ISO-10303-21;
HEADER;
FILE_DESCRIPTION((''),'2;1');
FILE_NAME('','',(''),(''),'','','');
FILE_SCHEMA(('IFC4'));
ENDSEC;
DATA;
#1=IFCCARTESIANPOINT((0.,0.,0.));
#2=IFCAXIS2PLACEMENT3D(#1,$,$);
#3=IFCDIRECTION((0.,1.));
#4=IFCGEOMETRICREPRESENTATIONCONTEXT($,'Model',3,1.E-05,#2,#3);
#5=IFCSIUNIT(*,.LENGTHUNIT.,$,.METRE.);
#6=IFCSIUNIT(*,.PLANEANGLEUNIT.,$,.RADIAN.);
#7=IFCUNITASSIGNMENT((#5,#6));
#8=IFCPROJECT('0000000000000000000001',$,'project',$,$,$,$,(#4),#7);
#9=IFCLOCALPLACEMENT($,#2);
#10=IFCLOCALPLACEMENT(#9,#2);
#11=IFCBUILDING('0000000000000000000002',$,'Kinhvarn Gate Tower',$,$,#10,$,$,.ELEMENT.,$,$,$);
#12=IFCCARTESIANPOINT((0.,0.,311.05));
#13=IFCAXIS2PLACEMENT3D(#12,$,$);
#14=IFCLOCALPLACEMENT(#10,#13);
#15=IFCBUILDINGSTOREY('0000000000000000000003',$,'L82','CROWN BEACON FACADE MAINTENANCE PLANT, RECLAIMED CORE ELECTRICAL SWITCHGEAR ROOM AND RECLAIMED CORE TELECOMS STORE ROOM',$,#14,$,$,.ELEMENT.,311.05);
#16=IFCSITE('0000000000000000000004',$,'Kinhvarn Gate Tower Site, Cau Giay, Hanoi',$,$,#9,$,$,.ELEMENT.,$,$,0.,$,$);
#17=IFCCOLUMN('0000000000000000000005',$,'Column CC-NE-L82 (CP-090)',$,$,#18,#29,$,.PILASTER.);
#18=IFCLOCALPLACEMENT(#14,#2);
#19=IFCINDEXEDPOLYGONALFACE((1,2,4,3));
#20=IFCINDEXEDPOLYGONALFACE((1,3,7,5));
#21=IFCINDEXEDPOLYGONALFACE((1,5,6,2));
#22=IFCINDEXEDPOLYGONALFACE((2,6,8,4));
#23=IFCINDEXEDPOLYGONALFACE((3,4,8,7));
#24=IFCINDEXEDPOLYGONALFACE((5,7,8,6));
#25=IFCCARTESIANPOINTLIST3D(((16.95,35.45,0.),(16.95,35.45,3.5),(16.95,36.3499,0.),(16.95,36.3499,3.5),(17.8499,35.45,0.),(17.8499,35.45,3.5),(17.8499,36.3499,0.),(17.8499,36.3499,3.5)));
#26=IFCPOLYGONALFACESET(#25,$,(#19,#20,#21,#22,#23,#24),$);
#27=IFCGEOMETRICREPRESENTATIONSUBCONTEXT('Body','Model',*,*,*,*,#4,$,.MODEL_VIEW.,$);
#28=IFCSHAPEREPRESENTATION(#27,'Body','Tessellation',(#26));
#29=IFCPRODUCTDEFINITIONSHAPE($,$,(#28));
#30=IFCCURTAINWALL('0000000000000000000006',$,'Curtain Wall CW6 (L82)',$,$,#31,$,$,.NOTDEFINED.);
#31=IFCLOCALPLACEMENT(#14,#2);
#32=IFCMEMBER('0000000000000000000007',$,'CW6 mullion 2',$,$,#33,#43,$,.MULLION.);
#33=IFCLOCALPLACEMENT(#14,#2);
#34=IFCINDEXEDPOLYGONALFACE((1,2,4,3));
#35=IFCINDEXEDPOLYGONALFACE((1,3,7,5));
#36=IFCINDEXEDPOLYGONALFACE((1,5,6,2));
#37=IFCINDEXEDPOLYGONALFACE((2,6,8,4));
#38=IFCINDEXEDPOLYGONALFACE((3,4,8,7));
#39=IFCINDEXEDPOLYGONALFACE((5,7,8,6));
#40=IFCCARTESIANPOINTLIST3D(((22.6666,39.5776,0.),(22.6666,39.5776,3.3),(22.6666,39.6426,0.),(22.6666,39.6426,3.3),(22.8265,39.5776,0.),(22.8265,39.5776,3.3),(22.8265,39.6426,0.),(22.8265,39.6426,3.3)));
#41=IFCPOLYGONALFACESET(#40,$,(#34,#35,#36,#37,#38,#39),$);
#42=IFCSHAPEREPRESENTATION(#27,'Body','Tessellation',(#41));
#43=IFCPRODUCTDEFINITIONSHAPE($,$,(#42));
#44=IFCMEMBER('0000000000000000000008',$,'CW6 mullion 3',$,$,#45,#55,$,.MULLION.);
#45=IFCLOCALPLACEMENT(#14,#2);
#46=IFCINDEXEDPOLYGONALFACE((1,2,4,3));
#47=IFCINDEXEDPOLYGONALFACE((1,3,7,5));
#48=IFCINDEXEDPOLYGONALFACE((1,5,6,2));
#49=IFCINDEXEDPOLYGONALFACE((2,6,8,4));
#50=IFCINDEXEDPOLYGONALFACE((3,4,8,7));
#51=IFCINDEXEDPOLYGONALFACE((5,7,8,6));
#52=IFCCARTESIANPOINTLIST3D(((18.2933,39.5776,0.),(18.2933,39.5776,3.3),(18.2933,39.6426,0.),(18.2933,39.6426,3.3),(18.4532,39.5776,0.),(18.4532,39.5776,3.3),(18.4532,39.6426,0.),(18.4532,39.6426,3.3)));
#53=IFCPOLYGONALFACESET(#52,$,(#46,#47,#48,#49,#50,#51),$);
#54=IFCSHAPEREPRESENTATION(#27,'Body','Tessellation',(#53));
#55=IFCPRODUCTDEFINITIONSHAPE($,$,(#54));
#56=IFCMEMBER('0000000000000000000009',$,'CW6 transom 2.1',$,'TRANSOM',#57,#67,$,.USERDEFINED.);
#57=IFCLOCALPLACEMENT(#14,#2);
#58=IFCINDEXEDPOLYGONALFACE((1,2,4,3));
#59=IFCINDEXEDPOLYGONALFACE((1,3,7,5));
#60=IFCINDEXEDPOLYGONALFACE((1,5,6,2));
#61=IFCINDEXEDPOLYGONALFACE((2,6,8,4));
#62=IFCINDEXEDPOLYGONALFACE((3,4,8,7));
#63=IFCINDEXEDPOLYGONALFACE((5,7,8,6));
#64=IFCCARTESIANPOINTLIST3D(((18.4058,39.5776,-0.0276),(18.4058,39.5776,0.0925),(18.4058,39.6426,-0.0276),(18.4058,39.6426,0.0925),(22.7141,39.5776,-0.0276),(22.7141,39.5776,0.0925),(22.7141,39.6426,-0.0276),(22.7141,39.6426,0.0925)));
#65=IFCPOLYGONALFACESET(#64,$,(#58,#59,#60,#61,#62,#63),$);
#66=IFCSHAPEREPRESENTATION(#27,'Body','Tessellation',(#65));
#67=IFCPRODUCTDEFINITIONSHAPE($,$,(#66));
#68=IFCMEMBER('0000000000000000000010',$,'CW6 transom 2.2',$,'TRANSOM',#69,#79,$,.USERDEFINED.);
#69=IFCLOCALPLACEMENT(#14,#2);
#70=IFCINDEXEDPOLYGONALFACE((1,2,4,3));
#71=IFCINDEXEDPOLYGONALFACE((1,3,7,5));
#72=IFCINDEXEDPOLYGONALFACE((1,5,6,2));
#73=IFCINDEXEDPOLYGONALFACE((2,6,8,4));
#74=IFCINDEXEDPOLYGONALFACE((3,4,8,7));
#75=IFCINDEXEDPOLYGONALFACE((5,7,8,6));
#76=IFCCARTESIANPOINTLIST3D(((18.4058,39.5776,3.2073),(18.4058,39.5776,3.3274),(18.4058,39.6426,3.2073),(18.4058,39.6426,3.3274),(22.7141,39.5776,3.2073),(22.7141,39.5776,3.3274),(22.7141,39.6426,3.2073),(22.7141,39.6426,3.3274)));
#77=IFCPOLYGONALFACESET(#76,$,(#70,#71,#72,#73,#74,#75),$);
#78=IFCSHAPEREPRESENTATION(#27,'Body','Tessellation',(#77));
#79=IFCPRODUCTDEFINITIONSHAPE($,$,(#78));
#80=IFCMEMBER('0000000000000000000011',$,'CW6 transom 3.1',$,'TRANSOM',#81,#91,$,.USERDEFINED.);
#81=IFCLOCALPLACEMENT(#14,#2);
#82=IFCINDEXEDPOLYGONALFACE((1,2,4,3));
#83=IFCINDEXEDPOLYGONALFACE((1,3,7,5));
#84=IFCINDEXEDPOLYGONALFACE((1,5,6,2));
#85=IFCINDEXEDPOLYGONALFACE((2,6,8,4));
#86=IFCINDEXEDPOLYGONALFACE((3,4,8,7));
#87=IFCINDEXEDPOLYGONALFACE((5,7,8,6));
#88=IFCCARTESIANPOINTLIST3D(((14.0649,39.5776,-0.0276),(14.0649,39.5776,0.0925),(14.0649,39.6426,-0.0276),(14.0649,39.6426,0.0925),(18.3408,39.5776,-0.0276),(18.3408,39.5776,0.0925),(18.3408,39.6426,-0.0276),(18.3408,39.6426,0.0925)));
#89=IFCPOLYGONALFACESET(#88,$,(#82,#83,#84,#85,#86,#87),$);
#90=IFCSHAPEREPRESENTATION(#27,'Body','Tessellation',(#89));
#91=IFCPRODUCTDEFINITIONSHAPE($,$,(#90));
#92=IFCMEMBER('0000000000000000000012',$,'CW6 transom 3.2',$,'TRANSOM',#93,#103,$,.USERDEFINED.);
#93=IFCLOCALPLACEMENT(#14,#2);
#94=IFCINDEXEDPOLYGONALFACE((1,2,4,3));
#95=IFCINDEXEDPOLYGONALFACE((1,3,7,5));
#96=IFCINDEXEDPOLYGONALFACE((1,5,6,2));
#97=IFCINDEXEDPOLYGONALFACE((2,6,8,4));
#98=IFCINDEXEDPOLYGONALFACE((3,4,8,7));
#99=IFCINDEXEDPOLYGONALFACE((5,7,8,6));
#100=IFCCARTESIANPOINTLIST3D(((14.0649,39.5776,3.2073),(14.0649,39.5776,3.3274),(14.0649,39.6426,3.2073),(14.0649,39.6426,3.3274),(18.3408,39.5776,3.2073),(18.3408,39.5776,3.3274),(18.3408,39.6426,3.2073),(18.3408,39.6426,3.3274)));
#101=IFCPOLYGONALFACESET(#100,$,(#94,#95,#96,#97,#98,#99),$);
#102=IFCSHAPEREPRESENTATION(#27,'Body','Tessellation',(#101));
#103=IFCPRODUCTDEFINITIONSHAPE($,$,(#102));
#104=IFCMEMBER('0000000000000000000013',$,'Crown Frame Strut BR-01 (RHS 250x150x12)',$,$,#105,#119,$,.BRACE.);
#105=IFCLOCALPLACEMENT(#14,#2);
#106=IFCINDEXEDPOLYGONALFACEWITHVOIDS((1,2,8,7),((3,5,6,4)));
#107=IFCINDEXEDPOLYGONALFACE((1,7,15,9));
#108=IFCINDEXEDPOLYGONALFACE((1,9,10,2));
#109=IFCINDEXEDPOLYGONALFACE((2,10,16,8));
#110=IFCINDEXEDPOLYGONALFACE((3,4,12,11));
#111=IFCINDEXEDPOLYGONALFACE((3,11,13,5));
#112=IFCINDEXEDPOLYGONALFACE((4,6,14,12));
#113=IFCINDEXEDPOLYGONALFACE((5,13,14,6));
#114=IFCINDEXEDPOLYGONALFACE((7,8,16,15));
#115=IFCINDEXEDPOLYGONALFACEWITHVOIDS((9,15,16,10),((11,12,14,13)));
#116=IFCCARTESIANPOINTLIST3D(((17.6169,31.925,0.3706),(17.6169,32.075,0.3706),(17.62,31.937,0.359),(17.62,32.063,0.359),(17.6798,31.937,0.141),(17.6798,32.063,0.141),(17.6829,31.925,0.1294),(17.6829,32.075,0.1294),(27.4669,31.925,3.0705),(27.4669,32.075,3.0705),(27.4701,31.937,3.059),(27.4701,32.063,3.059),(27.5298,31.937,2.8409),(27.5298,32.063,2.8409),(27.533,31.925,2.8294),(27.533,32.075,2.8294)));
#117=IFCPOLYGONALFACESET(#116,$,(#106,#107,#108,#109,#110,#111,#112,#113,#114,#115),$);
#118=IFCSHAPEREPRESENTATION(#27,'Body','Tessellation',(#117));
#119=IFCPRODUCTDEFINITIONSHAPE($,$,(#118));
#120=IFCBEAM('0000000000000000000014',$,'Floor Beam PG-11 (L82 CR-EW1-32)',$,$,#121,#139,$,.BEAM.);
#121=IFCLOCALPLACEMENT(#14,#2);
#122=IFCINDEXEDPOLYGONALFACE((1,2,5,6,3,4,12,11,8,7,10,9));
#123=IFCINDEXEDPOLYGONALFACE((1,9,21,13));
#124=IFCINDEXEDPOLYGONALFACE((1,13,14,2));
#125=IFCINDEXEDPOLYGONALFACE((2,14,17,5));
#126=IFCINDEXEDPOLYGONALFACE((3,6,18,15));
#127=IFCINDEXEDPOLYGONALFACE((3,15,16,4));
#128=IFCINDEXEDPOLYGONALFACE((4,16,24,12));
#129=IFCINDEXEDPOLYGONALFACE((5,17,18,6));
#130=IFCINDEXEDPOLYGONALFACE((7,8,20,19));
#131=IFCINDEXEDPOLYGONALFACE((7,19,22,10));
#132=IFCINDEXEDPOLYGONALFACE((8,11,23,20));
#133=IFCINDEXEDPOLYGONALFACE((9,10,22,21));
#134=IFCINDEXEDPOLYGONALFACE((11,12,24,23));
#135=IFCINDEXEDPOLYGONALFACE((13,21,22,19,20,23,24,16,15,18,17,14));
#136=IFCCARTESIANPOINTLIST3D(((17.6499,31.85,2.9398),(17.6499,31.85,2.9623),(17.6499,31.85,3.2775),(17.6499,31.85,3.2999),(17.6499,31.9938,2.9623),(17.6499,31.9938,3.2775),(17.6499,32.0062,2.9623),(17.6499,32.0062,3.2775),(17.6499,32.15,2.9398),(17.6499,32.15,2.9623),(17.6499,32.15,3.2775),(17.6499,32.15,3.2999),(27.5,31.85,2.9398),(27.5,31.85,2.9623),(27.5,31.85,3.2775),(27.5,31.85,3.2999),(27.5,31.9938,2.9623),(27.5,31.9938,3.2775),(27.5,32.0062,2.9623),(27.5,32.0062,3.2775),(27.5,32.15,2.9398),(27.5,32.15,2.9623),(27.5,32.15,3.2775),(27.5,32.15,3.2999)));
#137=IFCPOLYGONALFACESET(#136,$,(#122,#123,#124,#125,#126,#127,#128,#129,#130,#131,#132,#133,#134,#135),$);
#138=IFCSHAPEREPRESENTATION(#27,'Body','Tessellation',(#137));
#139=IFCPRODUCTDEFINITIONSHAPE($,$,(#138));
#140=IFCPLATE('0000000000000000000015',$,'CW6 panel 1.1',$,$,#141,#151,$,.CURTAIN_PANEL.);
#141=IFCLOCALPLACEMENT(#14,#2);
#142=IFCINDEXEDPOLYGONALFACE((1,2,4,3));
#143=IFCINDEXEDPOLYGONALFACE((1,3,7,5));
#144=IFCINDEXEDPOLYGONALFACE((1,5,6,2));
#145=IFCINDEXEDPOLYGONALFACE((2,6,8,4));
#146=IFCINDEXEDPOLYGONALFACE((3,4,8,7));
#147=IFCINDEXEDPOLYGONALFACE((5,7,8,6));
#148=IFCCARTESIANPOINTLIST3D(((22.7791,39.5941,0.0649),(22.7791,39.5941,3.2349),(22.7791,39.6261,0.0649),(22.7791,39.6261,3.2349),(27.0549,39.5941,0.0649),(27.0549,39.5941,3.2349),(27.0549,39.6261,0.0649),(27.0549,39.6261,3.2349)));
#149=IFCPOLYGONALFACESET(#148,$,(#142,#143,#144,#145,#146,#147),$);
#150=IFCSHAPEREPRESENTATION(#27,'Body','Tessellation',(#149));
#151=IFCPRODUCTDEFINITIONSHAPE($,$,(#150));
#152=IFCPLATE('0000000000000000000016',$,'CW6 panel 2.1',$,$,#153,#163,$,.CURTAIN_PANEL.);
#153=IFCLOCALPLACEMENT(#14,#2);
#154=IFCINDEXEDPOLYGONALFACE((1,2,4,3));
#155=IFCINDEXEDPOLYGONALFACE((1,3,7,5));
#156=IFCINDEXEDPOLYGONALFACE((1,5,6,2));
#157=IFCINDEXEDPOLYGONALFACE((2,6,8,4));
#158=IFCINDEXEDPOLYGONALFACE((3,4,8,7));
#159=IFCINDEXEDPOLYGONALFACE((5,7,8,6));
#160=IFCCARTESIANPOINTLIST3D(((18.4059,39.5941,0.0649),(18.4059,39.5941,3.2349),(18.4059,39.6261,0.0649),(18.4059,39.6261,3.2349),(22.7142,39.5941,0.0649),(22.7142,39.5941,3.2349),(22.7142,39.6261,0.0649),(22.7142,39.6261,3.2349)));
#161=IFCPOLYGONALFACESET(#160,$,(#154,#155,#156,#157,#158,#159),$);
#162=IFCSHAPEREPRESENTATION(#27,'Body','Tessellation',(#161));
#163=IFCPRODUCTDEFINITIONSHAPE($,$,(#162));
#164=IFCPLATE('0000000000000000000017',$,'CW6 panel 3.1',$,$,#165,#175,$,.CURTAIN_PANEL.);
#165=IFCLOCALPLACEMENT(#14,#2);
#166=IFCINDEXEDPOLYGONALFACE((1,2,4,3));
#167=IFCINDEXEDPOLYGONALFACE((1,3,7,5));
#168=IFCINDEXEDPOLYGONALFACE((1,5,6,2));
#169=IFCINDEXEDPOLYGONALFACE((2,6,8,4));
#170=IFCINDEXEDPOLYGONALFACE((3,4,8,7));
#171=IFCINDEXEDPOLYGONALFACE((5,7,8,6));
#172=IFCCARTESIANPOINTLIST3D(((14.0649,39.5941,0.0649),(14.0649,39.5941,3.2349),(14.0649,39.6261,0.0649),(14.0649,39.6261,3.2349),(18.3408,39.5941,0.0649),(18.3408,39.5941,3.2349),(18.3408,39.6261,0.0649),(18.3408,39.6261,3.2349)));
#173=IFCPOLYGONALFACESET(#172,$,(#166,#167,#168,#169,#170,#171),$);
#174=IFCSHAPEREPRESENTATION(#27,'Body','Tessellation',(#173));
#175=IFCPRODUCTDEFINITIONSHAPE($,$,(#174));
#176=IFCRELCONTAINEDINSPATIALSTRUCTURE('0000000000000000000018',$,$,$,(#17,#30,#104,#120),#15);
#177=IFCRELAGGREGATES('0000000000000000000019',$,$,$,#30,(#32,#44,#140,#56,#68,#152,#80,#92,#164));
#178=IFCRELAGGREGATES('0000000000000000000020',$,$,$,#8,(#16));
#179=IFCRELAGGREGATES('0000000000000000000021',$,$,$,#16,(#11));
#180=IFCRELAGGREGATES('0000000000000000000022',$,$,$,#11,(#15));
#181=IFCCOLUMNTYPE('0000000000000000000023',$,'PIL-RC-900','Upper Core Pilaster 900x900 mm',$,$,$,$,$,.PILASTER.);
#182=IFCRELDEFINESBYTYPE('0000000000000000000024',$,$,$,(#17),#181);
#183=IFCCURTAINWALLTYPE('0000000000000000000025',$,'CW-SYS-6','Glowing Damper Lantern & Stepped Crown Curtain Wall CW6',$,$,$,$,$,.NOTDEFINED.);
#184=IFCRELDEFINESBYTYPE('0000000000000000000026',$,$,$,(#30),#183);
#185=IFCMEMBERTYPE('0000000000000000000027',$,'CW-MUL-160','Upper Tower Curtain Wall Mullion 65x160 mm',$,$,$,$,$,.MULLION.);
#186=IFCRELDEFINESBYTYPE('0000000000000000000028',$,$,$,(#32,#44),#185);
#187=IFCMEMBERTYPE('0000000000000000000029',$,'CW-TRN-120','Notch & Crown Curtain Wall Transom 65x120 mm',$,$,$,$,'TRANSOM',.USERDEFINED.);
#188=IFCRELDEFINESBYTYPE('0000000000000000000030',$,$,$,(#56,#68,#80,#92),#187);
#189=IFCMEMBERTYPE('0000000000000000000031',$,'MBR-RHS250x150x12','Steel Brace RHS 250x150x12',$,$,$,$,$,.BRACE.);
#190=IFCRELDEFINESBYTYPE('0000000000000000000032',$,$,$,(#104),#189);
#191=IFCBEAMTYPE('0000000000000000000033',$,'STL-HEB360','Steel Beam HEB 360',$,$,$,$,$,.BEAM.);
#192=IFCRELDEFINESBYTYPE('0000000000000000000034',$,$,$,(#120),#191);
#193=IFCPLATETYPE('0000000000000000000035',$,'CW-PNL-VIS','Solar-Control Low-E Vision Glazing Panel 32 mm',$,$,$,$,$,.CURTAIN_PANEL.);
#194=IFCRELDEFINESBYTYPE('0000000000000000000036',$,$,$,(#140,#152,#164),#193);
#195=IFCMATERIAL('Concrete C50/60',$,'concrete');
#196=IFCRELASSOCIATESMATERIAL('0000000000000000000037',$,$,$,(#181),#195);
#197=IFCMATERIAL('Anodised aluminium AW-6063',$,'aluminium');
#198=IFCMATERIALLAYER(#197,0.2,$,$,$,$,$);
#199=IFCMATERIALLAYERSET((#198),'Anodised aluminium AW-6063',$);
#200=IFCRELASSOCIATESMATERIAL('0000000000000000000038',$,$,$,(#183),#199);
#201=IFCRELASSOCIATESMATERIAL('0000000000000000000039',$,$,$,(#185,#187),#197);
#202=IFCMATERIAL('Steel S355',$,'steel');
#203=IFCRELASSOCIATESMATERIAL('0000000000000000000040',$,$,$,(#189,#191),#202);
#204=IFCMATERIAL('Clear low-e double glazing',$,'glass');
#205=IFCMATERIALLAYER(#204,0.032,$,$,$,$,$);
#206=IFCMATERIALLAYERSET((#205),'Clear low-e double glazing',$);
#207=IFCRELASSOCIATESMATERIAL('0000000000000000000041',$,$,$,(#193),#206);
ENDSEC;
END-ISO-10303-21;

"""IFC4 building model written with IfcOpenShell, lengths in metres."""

from ifc_helpers import new_model, si_unit, direction, frame, origin, origin_2d, place, context, subcontext, project, spatial, rectangle, hollow_rectangle, i_section, extrude, material, layer, layer_set, material_profile, profile_set, type_object, element, aggregate, save


model = new_model("IFC4")

# Units and contexts
model_context = context("Model", 3, precision=1e-05, world=origin(), true_north=direction((0.0, 1.0)))
body_context = subcontext(model_context, "Body", "Model", "MODEL_VIEW")
ifc_project = project(units=[si_unit("LENGTHUNIT", "METRE"), si_unit("PLANEANGLEUNIT", "RADIAN")], contexts=[model_context])

# Site, building, storey
site_placement = place(None, origin())
site = spatial("IfcSite", under=ifc_project, at=site_placement, Name="Kinhvarn Gate Tower Site, Cau Giay, Hanoi", CompositionType="ELEMENT", RefElevation=0.0)
building_placement = place(site_placement, origin())
building = spatial("IfcBuilding", under=site, at=building_placement, Name="Kinhvarn Gate Tower", CompositionType="ELEMENT")
storey_placement = place(building_placement, frame((0.0, 0.0, 311.05)))
storey = spatial("IfcBuildingStorey", under=building, at=storey_placement, Name="L82", Description="CROWN BEACON FACADE MAINTENANCE PLANT, RECLAIMED CORE ELECTRICAL SWITCHGEAR ROOM AND RECLAIMED CORE TELECOMS STORE ROOM", CompositionType="ELEMENT", Elevation=311.05)

# Column
ifc_material_1 = material(Name="Concrete C50/60", Category="concrete")
ifc_material_profile_1 = material_profile(ifc_material_1, rectangle(XDim=0.8999, YDim=0.8999, at=origin_2d()), Name="RC 900x900")
ifc_profile_set_1 = profile_set([ifc_material_profile_1], Name="Concrete C50/60")
column_type = type_object("IfcColumnType", Name="PIL-RC-900", Description="Upper Core Pilaster 900x900 mm", PredefinedType="PILASTER", material=ifc_profile_set_1)
column_placement = place(storey_placement, frame((17.3999, 35.8999, 0.0), z_axis=(0.0, 0.0, 1.0), x_axis=(1.0, 0.0, 0.0)))
element("IfcColumn", 1, at=column_placement, inside=storey, type_object=column_type, Name="Column CC-NE-L82 (CP-090)", PredefinedType="PILASTER", context=body_context, shape_type="SweptSolid", body=[
    extrude(rectangle(XDim=0.8999, YDim=0.8999, at=origin_2d()), origin(), (0.0, 0.0, 1.0), 3.5),
])

# Curtain wall, members
ifc_material_2 = material(Name="Anodised aluminium AW-6063", Category="aluminium")
ifc_layer_1 = layer(ifc_material_2, 0.2)
ifc_layer_set_1 = layer_set([ifc_layer_1], Name="Anodised aluminium AW-6063")
curtain_wall_type = type_object("IfcCurtainWallType", Name="CW-SYS-6", Description="Glowing Damper Lantern & Stepped Crown Curtain Wall CW6", PredefinedType="NOTDEFINED", material=ifc_layer_set_1)
curtain_wall_placement = place(storey_placement, origin())
curtain_wall = element("IfcCurtainWall", 2, at=curtain_wall_placement, inside=storey, type_object=curtain_wall_type, Name="Curtain Wall CW6 (L82)", PredefinedType="NOTDEFINED")
ifc_material_profile_2 = material_profile(ifc_material_2, rectangle(XDim=0.0649, YDim=0.1599, at=origin_2d()), Name="ALU 65x160")
ifc_profile_set_2 = profile_set([ifc_material_profile_2], Name="Anodised aluminium AW-6063")
member_type_1 = type_object("IfcMemberType", Name="CW-MUL-160", Description="Upper Tower Curtain Wall Mullion 65x160 mm", PredefinedType="MULLION", material=ifc_profile_set_2)
member_1_placement = place(storey_placement, frame((22.7466, 39.6101, 0.0), z_axis=(0.0, 0.0, 1.0), x_axis=(0.0, -1.0, 0.0)))
member_1 = element("IfcMember", 3, at=member_1_placement, type_object=member_type_1, Name="CW6 mullion 2", PredefinedType="MULLION", context=body_context, shape_type="SweptSolid", body=[
    extrude(rectangle(XDim=0.0649, YDim=0.1599, at=origin_2d()), origin(), (0.0, 0.0, 1.0), 3.3),
])
member_2_placement = place(storey_placement, frame((18.3733, 39.6101, 0.0), z_axis=(0.0, 0.0, 1.0), x_axis=(0.0, -1.0, 0.0)))
member_2 = element("IfcMember", 4, at=member_2_placement, type_object=member_type_1, Name="CW6 mullion 3", PredefinedType="MULLION", context=body_context, shape_type="SweptSolid", body=[
    extrude(rectangle(XDim=0.0649, YDim=0.1599, at=origin_2d()), origin(), (0.0, 0.0, 1.0), 3.3),
])
ifc_material_profile_3 = material_profile(ifc_material_2, rectangle(XDim=0.0649, YDim=0.1201, at=origin_2d()), Name="ALU 65x120")
ifc_profile_set_3 = profile_set([ifc_material_profile_3], Name="Anodised aluminium AW-6063")
member_type_2 = type_object("IfcMemberType", Name="CW-TRN-120", Description="Notch & Crown Curtain Wall Transom 65x120 mm", ElementType="TRANSOM", PredefinedType="USERDEFINED", material=ifc_profile_set_3)
member_3_placement = place(storey_placement, frame((22.7141, 39.6101, 0.0325), z_axis=(-1.0, 0.0, 0.0), x_axis=(0.0, -1.0, 0.0)))
member_3 = element("IfcMember", 5, at=member_3_placement, type_object=member_type_2, Name="CW6 transom 2.1", ObjectType="TRANSOM", PredefinedType="USERDEFINED", context=body_context, shape_type="SweptSolid", body=[
    extrude(rectangle(XDim=0.0649, YDim=0.1201, at=origin_2d()), origin(), (0.0, 0.0, 1.0), 4.3083),
])
member_4_placement = place(storey_placement, frame((22.7141, 39.6101, 3.2673), z_axis=(-1.0, 0.0, 0.0), x_axis=(0.0, -1.0, 0.0)))
member_4 = element("IfcMember", 6, at=member_4_placement, type_object=member_type_2, Name="CW6 transom 2.2", ObjectType="TRANSOM", PredefinedType="USERDEFINED", context=body_context, shape_type="SweptSolid", body=[
    extrude(rectangle(XDim=0.0649, YDim=0.1201, at=origin_2d()), origin(), (0.0, 0.0, 1.0), 4.3083),
])
member_5_placement = place(storey_placement, frame((18.3408, 39.6101, 0.0325), z_axis=(-1.0, 0.0, 0.0), x_axis=(0.0, -1.0, 0.0)))
member_5 = element("IfcMember", 7, at=member_5_placement, type_object=member_type_2, Name="CW6 transom 3.1", ObjectType="TRANSOM", PredefinedType="USERDEFINED", context=body_context, shape_type="SweptSolid", body=[
    extrude(rectangle(XDim=0.0649, YDim=0.1201, at=origin_2d()), origin(), (0.0, 0.0, 1.0), 4.2759),
])
member_6_placement = place(storey_placement, frame((18.3408, 39.6101, 3.2673), z_axis=(-1.0, 0.0, 0.0), x_axis=(0.0, -1.0, 0.0)))
member_6 = element("IfcMember", 8, at=member_6_placement, type_object=member_type_2, Name="CW6 transom 3.2", ObjectType="TRANSOM", PredefinedType="USERDEFINED", context=body_context, shape_type="SweptSolid", body=[
    extrude(rectangle(XDim=0.0649, YDim=0.1201, at=origin_2d()), origin(), (0.0, 0.0, 1.0), 4.2759),
])

# Member
ifc_material_3 = material(Name="Steel S355", Category="steel")
ifc_material_profile_4 = material_profile(ifc_material_3, hollow_rectangle(XDim=0.1499, YDim=0.25, WallThickness=0.012, at=origin_2d()), Name="RHS 250x150x12")
ifc_profile_set_4 = profile_set([ifc_material_profile_4], Name="Steel S355")
member_type_3 = type_object("IfcMemberType", Name="MBR-RHS250x150x12", Description="Steel Brace RHS 250x150x12", PredefinedType="BRACE", material=ifc_profile_set_4)
member_7_placement = place(storey_placement, frame((17.6499, 32.0, 0.25), z_axis=(0.964426, 0.0, 0.264353), x_axis=(0.0, 1.0, 0.0)))
element("IfcMember", 9, at=member_7_placement, inside=storey, type_object=member_type_3, Name="Crown Frame Strut BR-01 (RHS 250x150x12)", PredefinedType="BRACE", context=body_context, shape_type="SweptSolid", body=[
    extrude(hollow_rectangle(XDim=0.1499, YDim=0.25, WallThickness=0.012, at=origin_2d()), origin(), (0.0, 0.0, 1.0), 10.2134),
])

# Beam
ifc_material_profile_5 = material_profile(ifc_material_3, i_section(OverallWidth=0.3, OverallDepth=0.3601, WebThickness=0.0125, FlangeThickness=0.0225, at=origin_2d()), Name="HEB 360")
ifc_profile_set_5 = profile_set([ifc_material_profile_5], Name="Steel S355")
beam_type = type_object("IfcBeamType", Name="STL-HEB360", Description="Steel Beam HEB 360", PredefinedType="BEAM", material=ifc_profile_set_5)
beam_placement = place(storey_placement, frame((17.6499, 32.0, 3.1199), z_axis=(1.0, 0.0, 0.0), x_axis=(0.0, 1.0, 0.0)))
element("IfcBeam", 10, at=beam_placement, inside=storey, type_object=beam_type, Name="Floor Beam PG-11 (L82 CR-EW1-32)", PredefinedType="BEAM", context=body_context, shape_type="SweptSolid", body=[
    extrude(i_section(OverallWidth=0.3, OverallDepth=0.3601, WebThickness=0.0125, FlangeThickness=0.0225, at=origin_2d()), origin(), (0.0, 0.0, 1.0), 9.8501),
])

# Plates
ifc_material_4 = material(Name="Clear low-e double glazing", Category="glass")
ifc_layer_2 = layer(ifc_material_4, 0.032)
ifc_layer_set_2 = layer_set([ifc_layer_2], Name="Clear low-e double glazing")
plate_type = type_object("IfcPlateType", Name="CW-PNL-VIS", Description="Solar-Control Low-E Vision Glazing Panel 32 mm", PredefinedType="CURTAIN_PANEL", material=ifc_layer_set_2)
plate_1_placement = place(storey_placement, frame((24.917, 39.6101, 0.0649), z_axis=(0.0, 0.0, 1.0), x_axis=(-1.0, 0.0, 0.0)))
plate_1 = element("IfcPlate", 11, at=plate_1_placement, type_object=plate_type, Name="CW6 panel 1.1", PredefinedType="CURTAIN_PANEL", context=body_context, shape_type="SweptSolid", body=[
    extrude(rectangle(XDim=4.2759, YDim=0.032, at=origin_2d()), origin(), (0.0, 0.0, 1.0), 3.1699),
])
plate_2_placement = place(storey_placement, frame((20.5601, 39.6101, 0.0649), z_axis=(0.0, 0.0, 1.0), x_axis=(-1.0, 0.0, 0.0)))
plate_2 = element("IfcPlate", 12, at=plate_2_placement, type_object=plate_type, Name="CW6 panel 2.1", PredefinedType="CURTAIN_PANEL", context=body_context, shape_type="SweptSolid", body=[
    extrude(rectangle(XDim=4.3083, YDim=0.032, at=origin_2d()), origin(), (0.0, 0.0, 1.0), 3.1699),
])
plate_3_placement = place(storey_placement, frame((16.2029, 39.6101, 0.0649), z_axis=(0.0, 0.0, 1.0), x_axis=(-1.0, 0.0, 0.0)))
plate_3 = element("IfcPlate", 13, at=plate_3_placement, type_object=plate_type, Name="CW6 panel 3.1", PredefinedType="CURTAIN_PANEL", context=body_context, shape_type="SweptSolid", body=[
    extrude(rectangle(XDim=4.2759, YDim=0.032, at=origin_2d()), origin(), (0.0, 0.0, 1.0), 3.1699),
])
aggregate(curtain_wall, [member_1, member_2, plate_1, member_3, member_4, plate_2, member_5, member_6, plate_3])

save(model, "model.ifc")
